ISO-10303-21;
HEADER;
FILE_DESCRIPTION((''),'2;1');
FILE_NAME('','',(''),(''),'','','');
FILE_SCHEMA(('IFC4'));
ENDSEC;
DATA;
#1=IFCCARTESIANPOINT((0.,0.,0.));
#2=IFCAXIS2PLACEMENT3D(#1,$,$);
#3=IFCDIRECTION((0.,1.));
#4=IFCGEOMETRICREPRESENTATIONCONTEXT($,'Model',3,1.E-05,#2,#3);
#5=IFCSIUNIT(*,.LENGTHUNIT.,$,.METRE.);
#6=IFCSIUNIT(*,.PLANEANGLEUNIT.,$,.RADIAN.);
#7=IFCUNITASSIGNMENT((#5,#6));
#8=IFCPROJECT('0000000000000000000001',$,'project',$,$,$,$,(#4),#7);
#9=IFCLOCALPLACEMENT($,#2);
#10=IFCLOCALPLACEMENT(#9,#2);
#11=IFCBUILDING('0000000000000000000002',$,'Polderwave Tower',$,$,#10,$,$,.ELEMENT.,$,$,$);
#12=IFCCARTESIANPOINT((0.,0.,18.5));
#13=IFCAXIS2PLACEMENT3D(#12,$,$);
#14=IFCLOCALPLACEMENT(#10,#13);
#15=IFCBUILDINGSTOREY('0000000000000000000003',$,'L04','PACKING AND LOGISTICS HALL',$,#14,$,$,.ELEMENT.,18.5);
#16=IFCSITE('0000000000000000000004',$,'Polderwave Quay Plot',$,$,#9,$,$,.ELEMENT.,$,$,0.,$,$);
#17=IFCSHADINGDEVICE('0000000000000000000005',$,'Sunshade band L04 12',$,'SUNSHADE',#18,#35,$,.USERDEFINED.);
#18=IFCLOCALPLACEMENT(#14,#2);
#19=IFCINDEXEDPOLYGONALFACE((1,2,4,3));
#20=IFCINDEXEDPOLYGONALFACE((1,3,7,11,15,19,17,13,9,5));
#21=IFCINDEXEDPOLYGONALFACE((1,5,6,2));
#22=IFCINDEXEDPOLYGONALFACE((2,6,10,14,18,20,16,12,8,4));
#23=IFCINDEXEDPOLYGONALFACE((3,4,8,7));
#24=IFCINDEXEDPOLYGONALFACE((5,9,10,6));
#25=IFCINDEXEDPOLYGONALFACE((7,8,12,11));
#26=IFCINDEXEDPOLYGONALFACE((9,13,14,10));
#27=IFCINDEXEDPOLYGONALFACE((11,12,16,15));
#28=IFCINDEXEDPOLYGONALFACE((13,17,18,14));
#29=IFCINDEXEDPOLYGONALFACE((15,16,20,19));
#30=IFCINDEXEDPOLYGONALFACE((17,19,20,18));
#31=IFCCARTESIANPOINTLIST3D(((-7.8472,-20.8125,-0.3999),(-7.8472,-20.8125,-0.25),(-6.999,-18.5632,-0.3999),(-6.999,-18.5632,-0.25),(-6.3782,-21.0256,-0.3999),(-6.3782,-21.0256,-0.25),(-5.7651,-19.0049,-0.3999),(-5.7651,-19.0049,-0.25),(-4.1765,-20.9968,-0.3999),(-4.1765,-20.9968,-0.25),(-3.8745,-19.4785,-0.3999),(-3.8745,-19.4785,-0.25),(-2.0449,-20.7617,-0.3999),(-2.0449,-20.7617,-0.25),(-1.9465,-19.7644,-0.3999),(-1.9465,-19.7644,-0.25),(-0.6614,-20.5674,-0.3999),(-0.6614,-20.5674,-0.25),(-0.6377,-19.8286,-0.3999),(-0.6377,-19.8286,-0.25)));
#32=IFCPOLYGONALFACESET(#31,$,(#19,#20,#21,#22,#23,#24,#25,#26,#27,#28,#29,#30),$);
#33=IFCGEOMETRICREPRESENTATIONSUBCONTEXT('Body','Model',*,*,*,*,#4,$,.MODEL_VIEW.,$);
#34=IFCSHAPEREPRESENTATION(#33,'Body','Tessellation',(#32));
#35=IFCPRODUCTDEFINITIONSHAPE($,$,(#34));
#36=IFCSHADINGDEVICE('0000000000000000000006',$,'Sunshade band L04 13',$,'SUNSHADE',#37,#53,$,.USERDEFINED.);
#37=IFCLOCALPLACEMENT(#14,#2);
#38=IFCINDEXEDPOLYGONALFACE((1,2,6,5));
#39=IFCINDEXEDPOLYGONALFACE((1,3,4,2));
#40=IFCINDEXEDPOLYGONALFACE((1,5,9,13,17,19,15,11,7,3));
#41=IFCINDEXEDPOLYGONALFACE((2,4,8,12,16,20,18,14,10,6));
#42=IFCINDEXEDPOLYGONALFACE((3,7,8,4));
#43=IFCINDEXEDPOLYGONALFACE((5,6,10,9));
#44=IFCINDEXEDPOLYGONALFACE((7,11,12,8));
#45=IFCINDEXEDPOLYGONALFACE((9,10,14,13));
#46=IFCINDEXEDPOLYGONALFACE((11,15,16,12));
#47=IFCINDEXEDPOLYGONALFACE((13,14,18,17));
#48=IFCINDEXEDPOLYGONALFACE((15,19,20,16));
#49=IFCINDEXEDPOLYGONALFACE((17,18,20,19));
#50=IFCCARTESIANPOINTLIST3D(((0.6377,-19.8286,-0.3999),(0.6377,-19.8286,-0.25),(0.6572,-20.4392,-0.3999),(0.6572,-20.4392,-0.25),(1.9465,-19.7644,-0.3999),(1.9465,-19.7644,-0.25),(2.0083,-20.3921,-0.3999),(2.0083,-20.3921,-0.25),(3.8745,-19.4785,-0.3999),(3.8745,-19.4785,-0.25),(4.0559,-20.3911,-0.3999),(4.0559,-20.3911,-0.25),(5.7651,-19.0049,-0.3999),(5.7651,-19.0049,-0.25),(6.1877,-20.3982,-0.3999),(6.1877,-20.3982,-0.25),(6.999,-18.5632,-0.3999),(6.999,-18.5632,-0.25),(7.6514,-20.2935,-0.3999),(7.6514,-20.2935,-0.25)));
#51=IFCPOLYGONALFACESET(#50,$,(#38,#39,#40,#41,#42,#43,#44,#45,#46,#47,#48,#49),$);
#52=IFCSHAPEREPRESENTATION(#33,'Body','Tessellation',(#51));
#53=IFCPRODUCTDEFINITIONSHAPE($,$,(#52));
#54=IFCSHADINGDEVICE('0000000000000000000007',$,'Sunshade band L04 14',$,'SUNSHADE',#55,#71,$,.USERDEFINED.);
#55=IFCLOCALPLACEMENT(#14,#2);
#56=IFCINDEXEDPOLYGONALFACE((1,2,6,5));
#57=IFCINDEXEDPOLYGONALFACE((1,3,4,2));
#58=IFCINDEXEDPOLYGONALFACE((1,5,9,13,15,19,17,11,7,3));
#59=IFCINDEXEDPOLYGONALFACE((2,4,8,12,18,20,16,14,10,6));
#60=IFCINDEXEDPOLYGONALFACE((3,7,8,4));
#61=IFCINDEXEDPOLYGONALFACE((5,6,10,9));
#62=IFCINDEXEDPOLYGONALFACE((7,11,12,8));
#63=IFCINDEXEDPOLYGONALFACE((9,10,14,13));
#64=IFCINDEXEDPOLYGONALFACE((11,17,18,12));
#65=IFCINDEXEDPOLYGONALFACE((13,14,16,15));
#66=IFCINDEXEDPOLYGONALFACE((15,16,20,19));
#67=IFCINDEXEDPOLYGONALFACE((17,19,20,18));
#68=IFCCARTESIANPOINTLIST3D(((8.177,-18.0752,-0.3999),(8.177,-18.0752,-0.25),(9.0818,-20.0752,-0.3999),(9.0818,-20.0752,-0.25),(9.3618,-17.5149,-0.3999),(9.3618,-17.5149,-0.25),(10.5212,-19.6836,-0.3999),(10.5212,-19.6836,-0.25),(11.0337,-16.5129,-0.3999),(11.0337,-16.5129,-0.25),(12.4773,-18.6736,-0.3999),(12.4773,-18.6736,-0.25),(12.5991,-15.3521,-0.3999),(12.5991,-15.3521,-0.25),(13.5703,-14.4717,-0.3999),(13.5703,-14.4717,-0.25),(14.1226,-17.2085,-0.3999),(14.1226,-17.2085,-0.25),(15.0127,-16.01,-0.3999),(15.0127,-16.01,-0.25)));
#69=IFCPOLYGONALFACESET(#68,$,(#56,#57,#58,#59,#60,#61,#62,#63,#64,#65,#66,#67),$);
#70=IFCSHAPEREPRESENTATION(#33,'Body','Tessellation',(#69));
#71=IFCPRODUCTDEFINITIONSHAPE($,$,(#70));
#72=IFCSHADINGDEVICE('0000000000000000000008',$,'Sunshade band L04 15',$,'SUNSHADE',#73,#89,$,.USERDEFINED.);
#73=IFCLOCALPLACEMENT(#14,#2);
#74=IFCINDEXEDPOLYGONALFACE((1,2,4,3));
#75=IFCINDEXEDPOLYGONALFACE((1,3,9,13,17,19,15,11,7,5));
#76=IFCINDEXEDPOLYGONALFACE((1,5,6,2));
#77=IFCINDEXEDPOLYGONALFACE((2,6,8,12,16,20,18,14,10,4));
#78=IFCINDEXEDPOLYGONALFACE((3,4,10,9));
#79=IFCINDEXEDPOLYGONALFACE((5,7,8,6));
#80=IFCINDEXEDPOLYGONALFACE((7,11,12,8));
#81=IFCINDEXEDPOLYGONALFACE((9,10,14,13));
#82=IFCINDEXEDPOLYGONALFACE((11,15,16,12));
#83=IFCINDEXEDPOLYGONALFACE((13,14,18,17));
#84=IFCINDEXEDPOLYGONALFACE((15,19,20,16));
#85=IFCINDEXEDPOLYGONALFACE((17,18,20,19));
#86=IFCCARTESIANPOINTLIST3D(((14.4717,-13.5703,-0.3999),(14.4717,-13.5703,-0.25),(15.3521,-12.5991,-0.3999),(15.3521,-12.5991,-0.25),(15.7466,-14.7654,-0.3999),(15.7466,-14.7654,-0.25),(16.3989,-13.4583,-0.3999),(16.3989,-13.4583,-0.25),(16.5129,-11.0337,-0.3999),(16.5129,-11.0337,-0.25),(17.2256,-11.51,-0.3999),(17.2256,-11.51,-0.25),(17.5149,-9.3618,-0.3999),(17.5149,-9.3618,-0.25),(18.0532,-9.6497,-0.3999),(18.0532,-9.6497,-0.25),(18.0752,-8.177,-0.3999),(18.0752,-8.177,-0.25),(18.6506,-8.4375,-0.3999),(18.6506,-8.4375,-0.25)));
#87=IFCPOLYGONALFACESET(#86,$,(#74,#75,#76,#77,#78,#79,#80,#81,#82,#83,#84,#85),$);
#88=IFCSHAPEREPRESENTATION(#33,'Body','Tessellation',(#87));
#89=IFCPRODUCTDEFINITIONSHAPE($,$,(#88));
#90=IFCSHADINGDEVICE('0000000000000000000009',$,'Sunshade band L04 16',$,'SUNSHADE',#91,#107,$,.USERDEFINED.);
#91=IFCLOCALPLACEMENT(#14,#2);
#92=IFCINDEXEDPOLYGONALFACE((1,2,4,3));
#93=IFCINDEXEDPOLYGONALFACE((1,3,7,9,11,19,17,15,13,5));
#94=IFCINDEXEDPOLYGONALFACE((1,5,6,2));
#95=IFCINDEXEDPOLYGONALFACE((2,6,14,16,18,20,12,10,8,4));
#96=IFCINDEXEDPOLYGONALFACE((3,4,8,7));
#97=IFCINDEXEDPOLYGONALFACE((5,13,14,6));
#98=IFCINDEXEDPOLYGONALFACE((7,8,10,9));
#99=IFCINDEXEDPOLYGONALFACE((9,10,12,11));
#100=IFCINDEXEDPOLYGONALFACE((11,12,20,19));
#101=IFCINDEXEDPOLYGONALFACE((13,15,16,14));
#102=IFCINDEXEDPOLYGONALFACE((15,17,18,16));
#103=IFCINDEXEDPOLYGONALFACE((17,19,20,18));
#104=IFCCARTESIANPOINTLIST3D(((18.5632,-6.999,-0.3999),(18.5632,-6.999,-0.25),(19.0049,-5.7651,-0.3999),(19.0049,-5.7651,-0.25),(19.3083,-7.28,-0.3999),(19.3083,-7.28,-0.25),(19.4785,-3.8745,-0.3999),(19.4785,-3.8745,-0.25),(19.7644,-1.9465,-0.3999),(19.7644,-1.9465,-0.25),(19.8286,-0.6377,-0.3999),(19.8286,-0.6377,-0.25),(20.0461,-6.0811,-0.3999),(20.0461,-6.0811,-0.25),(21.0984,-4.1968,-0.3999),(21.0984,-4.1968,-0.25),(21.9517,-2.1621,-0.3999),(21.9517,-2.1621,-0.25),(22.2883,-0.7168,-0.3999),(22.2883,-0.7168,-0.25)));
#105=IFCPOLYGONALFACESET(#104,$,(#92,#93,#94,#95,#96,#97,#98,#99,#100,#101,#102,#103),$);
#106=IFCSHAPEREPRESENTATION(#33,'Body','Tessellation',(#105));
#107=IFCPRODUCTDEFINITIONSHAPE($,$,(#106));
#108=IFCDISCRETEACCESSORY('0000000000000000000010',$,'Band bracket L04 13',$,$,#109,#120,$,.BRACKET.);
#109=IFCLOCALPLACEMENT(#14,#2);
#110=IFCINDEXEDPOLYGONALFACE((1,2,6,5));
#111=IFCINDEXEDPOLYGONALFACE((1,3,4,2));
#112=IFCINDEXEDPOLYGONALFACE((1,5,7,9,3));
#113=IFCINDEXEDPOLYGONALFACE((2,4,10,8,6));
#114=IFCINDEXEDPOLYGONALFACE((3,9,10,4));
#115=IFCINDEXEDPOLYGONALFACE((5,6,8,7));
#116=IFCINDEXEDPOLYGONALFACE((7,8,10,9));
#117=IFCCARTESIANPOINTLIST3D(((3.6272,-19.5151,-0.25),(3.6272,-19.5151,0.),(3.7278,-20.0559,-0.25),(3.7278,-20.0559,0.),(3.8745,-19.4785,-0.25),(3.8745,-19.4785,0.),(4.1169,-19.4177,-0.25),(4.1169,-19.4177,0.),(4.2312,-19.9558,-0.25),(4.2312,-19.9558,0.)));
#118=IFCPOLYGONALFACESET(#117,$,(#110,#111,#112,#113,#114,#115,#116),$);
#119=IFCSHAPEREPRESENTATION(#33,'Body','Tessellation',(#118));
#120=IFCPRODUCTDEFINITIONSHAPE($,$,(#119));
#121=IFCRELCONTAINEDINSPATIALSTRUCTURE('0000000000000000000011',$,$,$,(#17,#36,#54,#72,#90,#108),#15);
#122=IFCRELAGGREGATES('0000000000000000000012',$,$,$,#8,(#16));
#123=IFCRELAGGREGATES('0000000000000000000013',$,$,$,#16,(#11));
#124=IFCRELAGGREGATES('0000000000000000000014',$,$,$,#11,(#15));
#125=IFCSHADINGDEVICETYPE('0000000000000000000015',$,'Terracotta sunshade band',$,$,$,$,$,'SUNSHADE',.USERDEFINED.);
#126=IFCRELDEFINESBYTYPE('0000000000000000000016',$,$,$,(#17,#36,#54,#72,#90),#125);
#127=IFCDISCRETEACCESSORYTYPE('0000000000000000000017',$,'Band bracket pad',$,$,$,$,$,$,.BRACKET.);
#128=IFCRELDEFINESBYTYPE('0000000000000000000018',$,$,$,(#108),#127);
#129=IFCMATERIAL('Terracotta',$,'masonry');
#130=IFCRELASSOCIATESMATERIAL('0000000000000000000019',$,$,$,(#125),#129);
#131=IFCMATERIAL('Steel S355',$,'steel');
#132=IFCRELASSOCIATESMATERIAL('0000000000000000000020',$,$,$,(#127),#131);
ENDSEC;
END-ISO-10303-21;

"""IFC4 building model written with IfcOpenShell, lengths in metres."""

from ifc_helpers import new_model, si_unit, direction, frame, origin, place, context, subcontext, project, spatial, polyline, outline, extrude, material, type_object, element, save


model = new_model("IFC4")

# Units and contexts
model_context = context("Model", 3, precision=1e-05, world=origin(), true_north=direction((0.0, 1.0)))
body_context = subcontext(model_context, "Body", "Model", "MODEL_VIEW")
ifc_project = project(units=[si_unit("LENGTHUNIT", "METRE"), si_unit("PLANEANGLEUNIT", "RADIAN")], contexts=[model_context])

# Site, building, storey
site_placement = place(None, origin())
site = spatial("IfcSite", under=ifc_project, at=site_placement, Name="Polderwave Quay Plot", CompositionType="ELEMENT", RefElevation=0.0)
building_placement = place(site_placement, origin())
building = spatial("IfcBuilding", under=site, at=building_placement, Name="Polderwave Tower", CompositionType="ELEMENT")
storey_placement = place(building_placement, frame((0.0, 0.0, 18.5)))
storey = spatial("IfcBuildingStorey", under=building, at=storey_placement, Name="L04", Description="PACKING AND LOGISTICS HALL", CompositionType="ELEMENT", Elevation=18.5)

# Shading devices
ifc_material_1 = material(Name="Terracotta", Category="masonry")
shading_device_type = type_object("IfcShadingDeviceType", Name="Terracotta sunshade band", ElementType="SUNSHADE", PredefinedType="USERDEFINED", material=ifc_material_1)
shading_device_1_placement = place(storey_placement, frame((0.0, 0.0, -0.3999)))
element("IfcShadingDevice", 1, at=shading_device_1_placement, inside=storey, type_object=shading_device_type, Name="Sunshade band L04 12", ObjectType="SUNSHADE", PredefinedType="USERDEFINED", context=body_context, shape_type="SweptSolid", body=[
    extrude(outline(polyline([(-6.999, -18.5632), (-5.7651, -19.0049), (-3.8745, -19.4785), (-1.9465, -19.7644), (-0.6377, -19.8286), (-0.6614, -20.5674), (-2.0449, -20.7617), (-4.1765, -20.9968), (-6.3782, -21.0256), (-7.8472, -20.8125), (-6.999, -18.5632)])), origin(), (0.0, 0.0, 1.0), 0.1499),
])
shading_device_2_placement = place(storey_placement, frame((0.0, 0.0, -0.3999)))
element("IfcShadingDevice", 2, at=shading_device_2_placement, inside=storey, type_object=shading_device_type, Name="Sunshade band L04 13", ObjectType="SUNSHADE", PredefinedType="USERDEFINED", context=body_context, shape_type="SweptSolid", body=[
    extrude(outline(polyline([(0.6377, -19.8286), (1.9465, -19.7644), (3.8745, -19.4785), (5.7651, -19.0049), (6.999, -18.5632), (7.6514, -20.2935), (6.1877, -20.3982), (4.0559, -20.3911), (2.0083, -20.3921), (0.6572, -20.4392), (0.6377, -19.8286)])), origin(), (0.0, 0.0, 1.0), 0.1499),
])
shading_device_3_placement = place(storey_placement, frame((0.0, 0.0, -0.3999)))
element("IfcShadingDevice", 3, at=shading_device_3_placement, inside=storey, type_object=shading_device_type, Name="Sunshade band L04 14", ObjectType="SUNSHADE", PredefinedType="USERDEFINED", context=body_context, shape_type="SweptSolid", body=[
    extrude(outline(polyline([(8.177, -18.0752), (9.3618, -17.5149), (11.0337, -16.5129), (12.5991, -15.3521), (13.5703, -14.4717), (15.0127, -16.01), (14.1226, -17.2085), (12.4773, -18.6736), (10.5212, -19.6836), (9.0818, -20.0752), (8.177, -18.0752)])), origin(), (0.0, 0.0, 1.0), 0.1499),
])
shading_device_4_placement = place(storey_placement, frame((0.0, 0.0, -0.3999)))
element("IfcShadingDevice", 4, at=shading_device_4_placement, inside=storey, type_object=shading_device_type, Name="Sunshade band L04 15", ObjectType="SUNSHADE", PredefinedType="USERDEFINED", context=body_context, shape_type="SweptSolid", body=[
    extrude(outline(polyline([(14.4717, -13.5703), (15.3521, -12.5991), (16.5129, -11.0337), (17.5149, -9.3618), (18.0752, -8.177), (18.6506, -8.4375), (18.0532, -9.6497), (17.2256, -11.51), (16.3989, -13.4583), (15.7466, -14.7654), (14.4717, -13.5703)])), origin(), (0.0, 0.0, 1.0), 0.1499),
])
shading_device_5_placement = place(storey_placement, frame((0.0, 0.0, -0.3999)))
element("IfcShadingDevice", 5, at=shading_device_5_placement, inside=storey, type_object=shading_device_type, Name="Sunshade band L04 16", ObjectType="SUNSHADE", PredefinedType="USERDEFINED", context=body_context, shape_type="SweptSolid", body=[
    extrude(outline(polyline([(18.5632, -6.999), (19.0049, -5.7651), (19.4785, -3.8745), (19.7644, -1.9465), (19.8286, -0.6377), (22.2883, -0.7168), (21.9517, -2.1621), (21.0984, -4.1968), (20.0461, -6.0811), (19.3083, -7.28), (18.5632, -6.999)])), origin(), (0.0, 0.0, 1.0), 0.1499),
])

# Discrete accessory
ifc_material_2 = material(Name="Steel S355", Category="steel")
discrete_accessory_type = type_object("IfcDiscreteAccessoryType", Name="Band bracket pad", PredefinedType="BRACKET", material=ifc_material_2)
discrete_accessory_placement = place(storey_placement, frame((0.0, 0.0, -0.25)))
element("IfcDiscreteAccessory", 6, at=discrete_accessory_placement, inside=storey, type_object=discrete_accessory_type, Name="Band bracket L04 13", PredefinedType="BRACKET", context=body_context, shape_type="SweptSolid", body=[
    extrude(outline(polyline([(3.6272, -19.5151), (3.8745, -19.4785), (4.1169, -19.4177), (4.2312, -19.9558), (3.7278, -20.0559), (3.6272, -19.5151)])), origin(), (0.0, 0.0, 1.0), 0.25),
])

save(model, "model.ifc")
